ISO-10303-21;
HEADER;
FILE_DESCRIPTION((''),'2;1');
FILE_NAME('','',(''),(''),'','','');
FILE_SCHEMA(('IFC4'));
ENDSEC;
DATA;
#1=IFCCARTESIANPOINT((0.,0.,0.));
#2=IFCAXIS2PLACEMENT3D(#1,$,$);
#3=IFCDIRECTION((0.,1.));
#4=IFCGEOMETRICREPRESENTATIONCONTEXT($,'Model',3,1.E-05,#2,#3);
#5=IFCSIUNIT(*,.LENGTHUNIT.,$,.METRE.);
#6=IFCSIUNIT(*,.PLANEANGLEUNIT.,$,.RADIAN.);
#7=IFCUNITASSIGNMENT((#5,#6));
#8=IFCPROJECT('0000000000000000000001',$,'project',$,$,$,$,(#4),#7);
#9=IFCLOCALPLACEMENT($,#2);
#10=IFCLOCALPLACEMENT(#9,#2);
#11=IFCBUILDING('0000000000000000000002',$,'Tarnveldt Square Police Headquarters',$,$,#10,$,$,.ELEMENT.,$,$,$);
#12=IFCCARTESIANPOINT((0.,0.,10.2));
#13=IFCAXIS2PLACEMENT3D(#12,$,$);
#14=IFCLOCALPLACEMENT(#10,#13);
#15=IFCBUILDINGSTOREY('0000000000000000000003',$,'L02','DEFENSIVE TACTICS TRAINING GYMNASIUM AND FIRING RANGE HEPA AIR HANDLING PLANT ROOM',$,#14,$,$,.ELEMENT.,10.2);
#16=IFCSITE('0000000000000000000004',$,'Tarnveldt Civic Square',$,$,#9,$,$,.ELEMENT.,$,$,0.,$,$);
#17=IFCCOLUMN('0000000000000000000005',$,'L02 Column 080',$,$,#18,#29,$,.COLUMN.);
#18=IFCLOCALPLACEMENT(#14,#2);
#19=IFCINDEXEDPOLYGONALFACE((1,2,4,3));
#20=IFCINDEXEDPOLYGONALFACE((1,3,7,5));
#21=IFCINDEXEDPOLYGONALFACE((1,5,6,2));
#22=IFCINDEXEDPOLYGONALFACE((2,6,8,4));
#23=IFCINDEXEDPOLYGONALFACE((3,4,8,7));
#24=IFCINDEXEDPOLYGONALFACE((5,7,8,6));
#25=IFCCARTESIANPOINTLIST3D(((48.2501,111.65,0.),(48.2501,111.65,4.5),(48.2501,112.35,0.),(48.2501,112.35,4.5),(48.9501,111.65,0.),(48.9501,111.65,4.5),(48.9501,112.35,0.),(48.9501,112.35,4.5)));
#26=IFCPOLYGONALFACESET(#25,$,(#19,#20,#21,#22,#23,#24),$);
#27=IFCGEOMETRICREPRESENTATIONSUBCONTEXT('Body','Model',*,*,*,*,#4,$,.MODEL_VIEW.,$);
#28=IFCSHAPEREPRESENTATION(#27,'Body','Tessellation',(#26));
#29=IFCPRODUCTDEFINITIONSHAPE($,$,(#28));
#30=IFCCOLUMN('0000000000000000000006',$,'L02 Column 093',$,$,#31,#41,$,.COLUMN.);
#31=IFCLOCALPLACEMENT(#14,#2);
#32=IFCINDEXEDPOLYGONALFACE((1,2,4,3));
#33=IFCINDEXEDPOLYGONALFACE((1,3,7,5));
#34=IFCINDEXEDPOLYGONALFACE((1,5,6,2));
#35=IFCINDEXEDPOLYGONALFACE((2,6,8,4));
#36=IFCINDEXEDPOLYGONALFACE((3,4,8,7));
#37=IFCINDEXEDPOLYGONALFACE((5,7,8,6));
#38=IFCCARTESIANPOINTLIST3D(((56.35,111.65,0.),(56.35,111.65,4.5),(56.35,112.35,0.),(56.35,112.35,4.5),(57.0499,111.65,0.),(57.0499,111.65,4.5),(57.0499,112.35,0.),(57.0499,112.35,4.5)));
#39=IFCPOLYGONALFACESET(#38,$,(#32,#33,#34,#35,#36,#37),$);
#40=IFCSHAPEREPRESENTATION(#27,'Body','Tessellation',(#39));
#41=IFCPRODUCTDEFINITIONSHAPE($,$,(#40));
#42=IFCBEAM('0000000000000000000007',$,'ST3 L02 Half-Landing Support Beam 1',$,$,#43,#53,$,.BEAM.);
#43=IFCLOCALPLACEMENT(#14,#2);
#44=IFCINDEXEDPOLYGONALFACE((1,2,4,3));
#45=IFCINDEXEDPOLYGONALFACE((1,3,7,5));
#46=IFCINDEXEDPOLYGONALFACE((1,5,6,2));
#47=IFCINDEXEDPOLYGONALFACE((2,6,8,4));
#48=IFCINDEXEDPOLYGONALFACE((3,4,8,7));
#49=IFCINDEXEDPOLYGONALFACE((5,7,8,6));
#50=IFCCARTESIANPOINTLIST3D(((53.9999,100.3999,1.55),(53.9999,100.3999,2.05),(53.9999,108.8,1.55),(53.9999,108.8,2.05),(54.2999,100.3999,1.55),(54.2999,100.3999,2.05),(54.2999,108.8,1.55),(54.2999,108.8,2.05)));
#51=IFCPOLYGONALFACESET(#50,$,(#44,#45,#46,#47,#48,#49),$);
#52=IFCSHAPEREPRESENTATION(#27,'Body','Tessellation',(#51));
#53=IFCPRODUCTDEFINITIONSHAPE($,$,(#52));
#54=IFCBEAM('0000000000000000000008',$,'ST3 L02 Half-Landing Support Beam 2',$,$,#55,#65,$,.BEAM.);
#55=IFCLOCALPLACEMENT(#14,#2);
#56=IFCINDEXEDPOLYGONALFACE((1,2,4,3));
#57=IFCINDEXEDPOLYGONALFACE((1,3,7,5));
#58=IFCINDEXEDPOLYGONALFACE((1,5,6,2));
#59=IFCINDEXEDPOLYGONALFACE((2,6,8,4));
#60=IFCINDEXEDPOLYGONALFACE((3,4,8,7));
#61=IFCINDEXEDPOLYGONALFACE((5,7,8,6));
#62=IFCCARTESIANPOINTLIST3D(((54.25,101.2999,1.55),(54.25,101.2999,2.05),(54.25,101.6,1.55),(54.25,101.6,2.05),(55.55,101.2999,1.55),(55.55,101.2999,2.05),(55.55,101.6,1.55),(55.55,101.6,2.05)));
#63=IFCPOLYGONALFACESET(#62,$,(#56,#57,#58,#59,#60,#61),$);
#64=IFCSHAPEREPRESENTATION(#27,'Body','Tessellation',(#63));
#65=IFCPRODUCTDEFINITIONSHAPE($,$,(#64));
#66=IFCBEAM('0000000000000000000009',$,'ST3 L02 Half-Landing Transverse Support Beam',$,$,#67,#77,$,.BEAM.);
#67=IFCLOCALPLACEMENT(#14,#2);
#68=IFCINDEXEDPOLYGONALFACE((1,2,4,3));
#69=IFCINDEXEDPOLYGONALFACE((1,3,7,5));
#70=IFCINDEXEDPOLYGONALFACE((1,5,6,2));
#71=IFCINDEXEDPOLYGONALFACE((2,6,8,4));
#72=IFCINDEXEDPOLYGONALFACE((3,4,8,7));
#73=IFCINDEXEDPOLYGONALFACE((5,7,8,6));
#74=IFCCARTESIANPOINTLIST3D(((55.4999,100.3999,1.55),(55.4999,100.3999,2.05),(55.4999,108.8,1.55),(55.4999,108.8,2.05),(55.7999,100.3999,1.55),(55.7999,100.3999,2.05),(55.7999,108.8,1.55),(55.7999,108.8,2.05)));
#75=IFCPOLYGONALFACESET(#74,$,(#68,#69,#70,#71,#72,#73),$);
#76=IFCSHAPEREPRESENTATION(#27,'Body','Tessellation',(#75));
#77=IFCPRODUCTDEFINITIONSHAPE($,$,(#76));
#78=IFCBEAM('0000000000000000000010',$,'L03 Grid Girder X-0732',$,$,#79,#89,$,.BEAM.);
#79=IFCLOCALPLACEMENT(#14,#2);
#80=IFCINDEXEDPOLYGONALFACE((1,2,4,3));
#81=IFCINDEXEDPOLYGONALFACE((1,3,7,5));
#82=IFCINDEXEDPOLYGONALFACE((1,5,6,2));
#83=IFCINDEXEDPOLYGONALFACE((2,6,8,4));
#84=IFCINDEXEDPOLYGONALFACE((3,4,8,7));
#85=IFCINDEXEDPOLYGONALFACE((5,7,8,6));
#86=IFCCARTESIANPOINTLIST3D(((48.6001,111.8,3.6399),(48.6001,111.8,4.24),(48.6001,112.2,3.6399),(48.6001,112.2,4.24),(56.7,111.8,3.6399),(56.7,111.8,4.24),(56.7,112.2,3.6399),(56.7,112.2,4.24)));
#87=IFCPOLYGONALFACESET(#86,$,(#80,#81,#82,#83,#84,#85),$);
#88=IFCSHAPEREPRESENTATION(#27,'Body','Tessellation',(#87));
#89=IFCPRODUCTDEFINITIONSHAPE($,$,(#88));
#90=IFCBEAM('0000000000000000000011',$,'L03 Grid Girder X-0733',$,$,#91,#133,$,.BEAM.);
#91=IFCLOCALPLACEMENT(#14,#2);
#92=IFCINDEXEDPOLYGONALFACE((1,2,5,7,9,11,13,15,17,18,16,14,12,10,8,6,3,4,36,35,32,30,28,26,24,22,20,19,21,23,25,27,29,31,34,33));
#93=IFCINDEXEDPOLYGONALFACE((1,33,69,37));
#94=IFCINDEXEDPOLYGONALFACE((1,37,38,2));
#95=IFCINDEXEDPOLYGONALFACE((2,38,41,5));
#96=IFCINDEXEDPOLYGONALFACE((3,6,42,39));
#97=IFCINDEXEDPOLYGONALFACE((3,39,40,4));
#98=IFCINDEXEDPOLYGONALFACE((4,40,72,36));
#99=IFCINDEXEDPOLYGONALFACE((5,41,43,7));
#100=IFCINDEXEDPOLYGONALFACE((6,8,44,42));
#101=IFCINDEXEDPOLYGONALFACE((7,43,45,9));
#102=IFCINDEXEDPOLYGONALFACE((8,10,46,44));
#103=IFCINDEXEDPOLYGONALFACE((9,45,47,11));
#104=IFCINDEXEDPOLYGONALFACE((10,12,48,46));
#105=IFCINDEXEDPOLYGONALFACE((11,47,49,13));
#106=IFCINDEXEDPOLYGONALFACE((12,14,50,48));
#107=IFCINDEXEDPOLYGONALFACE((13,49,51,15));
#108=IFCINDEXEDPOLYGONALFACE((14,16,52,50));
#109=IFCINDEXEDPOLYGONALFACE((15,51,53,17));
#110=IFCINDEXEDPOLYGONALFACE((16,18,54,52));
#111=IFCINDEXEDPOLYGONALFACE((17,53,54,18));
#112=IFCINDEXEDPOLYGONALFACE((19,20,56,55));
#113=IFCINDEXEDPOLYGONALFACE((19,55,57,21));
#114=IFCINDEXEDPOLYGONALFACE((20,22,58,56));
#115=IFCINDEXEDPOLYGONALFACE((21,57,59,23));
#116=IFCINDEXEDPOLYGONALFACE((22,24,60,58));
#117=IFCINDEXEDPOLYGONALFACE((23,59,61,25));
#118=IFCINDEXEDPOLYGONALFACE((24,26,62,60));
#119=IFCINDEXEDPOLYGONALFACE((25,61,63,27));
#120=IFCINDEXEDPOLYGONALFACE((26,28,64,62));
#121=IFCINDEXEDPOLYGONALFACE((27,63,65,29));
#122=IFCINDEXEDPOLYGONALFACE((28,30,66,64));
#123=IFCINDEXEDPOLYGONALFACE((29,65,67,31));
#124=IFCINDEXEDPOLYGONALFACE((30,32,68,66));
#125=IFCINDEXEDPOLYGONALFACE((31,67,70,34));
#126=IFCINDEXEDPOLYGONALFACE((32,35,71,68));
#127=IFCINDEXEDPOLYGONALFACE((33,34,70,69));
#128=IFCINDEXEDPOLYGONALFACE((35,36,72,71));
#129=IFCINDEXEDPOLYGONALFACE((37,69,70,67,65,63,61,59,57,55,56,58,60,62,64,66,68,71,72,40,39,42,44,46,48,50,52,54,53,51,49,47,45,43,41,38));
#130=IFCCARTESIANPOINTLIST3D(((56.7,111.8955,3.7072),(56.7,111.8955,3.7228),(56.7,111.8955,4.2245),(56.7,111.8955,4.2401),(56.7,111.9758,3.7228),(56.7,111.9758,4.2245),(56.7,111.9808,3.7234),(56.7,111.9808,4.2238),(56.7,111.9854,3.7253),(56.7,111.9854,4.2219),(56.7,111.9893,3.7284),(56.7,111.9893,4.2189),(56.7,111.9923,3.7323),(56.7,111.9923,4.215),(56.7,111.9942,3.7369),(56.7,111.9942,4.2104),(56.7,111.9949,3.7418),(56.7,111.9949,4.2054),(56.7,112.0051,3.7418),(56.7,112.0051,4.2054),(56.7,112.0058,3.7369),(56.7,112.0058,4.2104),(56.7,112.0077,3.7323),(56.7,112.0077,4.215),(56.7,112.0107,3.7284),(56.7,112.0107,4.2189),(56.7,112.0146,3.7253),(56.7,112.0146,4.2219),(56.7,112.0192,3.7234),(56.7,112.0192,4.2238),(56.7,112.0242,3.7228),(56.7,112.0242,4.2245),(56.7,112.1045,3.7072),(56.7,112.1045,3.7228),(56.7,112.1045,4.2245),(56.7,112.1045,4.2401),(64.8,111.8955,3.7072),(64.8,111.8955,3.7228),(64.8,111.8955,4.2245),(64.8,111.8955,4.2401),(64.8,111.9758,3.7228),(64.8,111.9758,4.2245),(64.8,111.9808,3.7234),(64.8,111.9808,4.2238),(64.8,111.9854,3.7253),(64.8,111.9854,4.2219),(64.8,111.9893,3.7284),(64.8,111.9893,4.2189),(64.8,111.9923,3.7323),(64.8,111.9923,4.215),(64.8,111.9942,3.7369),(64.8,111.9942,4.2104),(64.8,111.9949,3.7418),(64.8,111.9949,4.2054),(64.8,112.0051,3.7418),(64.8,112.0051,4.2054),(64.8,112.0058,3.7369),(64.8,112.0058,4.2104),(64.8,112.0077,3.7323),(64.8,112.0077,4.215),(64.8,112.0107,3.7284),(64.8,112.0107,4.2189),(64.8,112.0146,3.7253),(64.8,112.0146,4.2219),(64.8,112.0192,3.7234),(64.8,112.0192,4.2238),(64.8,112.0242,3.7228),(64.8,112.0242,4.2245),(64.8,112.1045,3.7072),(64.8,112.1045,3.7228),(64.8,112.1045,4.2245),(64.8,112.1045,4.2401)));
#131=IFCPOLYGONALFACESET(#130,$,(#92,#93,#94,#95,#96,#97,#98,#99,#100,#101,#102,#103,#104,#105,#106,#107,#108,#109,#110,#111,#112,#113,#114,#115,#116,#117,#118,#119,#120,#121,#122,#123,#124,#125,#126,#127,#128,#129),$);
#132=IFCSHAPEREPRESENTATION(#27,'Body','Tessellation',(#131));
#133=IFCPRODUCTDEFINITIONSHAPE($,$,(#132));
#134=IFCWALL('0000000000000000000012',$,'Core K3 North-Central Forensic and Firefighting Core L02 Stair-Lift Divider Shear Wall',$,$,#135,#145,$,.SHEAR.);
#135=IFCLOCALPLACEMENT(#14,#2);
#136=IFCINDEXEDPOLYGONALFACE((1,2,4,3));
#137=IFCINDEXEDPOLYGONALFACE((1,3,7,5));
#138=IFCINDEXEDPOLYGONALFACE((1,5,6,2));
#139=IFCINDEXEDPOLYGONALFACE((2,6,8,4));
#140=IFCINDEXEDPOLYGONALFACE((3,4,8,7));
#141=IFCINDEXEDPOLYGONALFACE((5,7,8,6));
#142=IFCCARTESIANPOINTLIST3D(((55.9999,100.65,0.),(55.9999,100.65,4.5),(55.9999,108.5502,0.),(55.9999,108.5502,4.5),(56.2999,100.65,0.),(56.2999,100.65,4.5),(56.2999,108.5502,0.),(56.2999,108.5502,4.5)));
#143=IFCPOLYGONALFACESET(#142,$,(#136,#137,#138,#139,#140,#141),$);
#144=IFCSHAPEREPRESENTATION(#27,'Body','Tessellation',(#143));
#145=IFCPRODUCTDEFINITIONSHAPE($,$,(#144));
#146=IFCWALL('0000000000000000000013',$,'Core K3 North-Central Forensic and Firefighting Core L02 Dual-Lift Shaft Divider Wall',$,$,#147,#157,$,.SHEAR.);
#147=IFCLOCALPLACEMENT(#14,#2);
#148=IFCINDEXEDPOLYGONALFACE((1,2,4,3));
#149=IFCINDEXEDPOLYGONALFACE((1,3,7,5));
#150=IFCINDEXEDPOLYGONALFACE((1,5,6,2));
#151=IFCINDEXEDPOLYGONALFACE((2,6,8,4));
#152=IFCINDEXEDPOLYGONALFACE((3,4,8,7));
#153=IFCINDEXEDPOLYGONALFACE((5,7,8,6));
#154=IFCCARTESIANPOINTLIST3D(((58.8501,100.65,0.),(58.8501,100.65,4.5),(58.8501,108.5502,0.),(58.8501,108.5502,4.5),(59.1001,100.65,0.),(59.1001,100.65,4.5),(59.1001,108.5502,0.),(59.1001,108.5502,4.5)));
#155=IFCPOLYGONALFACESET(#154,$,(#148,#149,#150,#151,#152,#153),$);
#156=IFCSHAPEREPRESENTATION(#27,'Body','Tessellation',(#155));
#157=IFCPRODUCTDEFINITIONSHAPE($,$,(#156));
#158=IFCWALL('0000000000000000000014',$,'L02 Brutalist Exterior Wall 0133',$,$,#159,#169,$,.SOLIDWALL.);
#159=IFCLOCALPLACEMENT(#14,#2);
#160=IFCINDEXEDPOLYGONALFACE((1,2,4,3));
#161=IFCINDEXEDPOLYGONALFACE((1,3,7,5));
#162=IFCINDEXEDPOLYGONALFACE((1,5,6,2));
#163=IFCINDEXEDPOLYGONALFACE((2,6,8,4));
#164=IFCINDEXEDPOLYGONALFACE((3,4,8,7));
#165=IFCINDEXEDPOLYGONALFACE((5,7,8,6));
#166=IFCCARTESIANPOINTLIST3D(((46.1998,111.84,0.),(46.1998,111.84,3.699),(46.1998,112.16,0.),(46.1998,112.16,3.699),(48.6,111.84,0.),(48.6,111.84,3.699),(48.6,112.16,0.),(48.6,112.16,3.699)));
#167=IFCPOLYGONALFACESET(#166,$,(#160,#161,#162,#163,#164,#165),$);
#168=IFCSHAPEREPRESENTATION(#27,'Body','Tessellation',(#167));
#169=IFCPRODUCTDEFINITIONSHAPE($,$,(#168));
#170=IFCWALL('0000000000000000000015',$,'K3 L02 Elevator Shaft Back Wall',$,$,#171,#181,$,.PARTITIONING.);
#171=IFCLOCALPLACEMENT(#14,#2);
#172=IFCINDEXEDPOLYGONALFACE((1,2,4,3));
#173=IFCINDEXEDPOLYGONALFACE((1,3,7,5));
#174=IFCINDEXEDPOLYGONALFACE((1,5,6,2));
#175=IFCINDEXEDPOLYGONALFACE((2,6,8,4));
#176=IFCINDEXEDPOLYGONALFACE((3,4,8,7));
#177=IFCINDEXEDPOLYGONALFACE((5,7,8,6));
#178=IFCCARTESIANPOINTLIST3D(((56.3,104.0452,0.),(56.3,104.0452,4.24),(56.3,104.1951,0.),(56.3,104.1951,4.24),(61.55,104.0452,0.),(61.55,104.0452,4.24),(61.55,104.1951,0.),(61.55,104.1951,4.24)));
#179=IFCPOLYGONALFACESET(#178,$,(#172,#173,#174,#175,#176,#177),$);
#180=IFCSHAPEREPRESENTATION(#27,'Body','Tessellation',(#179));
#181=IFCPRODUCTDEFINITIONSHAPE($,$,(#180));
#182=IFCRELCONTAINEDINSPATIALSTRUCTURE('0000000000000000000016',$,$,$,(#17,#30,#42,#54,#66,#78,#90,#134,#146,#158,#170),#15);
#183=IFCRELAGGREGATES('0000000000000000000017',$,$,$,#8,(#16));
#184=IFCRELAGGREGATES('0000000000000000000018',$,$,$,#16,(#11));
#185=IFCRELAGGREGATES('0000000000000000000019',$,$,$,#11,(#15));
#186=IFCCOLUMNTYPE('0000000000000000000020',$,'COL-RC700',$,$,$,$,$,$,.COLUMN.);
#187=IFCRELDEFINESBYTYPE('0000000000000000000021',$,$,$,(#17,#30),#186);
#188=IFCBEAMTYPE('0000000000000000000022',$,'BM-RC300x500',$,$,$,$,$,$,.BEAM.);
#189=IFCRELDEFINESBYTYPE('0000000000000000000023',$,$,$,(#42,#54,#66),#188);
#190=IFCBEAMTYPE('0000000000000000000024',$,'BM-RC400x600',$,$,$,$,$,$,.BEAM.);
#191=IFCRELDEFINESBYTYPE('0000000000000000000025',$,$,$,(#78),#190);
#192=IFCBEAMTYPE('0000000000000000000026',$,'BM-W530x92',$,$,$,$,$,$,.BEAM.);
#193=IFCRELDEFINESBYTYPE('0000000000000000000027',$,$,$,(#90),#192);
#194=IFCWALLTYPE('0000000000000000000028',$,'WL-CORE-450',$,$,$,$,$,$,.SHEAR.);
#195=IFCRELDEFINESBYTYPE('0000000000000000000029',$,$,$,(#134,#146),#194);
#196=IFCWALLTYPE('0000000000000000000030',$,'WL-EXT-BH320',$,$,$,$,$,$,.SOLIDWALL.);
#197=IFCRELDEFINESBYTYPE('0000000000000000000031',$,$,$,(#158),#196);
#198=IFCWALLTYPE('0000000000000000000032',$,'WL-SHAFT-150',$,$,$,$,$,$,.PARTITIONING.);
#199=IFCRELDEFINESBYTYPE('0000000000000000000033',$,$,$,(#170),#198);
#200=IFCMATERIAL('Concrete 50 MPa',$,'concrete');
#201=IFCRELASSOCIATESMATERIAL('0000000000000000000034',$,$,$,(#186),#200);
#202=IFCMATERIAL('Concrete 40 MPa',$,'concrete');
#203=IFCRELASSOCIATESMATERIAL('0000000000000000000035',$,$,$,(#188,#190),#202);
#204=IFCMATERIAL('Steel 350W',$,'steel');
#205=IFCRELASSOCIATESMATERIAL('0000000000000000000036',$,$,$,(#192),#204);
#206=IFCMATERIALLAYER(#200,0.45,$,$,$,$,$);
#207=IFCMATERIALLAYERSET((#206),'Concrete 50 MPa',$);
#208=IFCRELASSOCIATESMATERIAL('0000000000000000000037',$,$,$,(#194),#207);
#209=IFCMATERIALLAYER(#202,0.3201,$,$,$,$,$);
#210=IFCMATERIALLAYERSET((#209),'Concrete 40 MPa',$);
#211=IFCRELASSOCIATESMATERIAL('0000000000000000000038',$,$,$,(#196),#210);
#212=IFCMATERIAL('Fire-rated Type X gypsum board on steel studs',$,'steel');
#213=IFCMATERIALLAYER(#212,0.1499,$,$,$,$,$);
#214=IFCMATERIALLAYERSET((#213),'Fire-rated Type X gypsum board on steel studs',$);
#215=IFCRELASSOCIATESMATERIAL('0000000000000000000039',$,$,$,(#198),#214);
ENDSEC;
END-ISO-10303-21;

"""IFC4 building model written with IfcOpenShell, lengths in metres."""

from ifc_helpers import new_model, si_unit, direction, frame, frame_2d, origin, origin_2d, place, context, subcontext, project, spatial, rectangle, i_section, extrude, material, layer, layer_set, material_profile, profile_set, type_object, element, save


model = new_model("IFC4")

# Units and contexts
model_context = context("Model", 3, precision=1e-05, world=origin(), true_north=direction((0.0, 1.0)))
body_context = subcontext(model_context, "Body", "Model", "MODEL_VIEW")
ifc_project = project(units=[si_unit("LENGTHUNIT", "METRE"), si_unit("PLANEANGLEUNIT", "RADIAN")], contexts=[model_context])

# Site, building, storey
site_placement = place(None, origin())
site = spatial("IfcSite", under=ifc_project, at=site_placement, Name="Tarnveldt Civic Square", CompositionType="ELEMENT", RefElevation=0.0)
building_placement = place(site_placement, origin())
building = spatial("IfcBuilding", under=site, at=building_placement, Name="Tarnveldt Square Police Headquarters", CompositionType="ELEMENT")
storey_placement = place(building_placement, frame((0.0, 0.0, 10.2)))
storey = spatial("IfcBuildingStorey", under=building, at=storey_placement, Name="L02", Description="DEFENSIVE TACTICS TRAINING GYMNASIUM AND FIRING RANGE HEPA AIR HANDLING PLANT ROOM", CompositionType="ELEMENT", Elevation=10.2)

# Columns
ifc_material_1 = material(Name="Concrete 50 MPa", Category="concrete")
ifc_material_profile_1 = material_profile(ifc_material_1, rectangle(XDim=0.7, YDim=0.7, at=origin_2d()), Name="RC-C700x700")
ifc_profile_set_1 = profile_set([ifc_material_profile_1], Name="Concrete 50 MPa")
column_type = type_object("IfcColumnType", Name="COL-RC700", PredefinedType="COLUMN", material=ifc_profile_set_1)
for number, where, z_axis, x_axis, name in (
    (1, (48.6001, 112.0, 0.0), (0.0, 0.0, 1.0), (1.0, 0.0, 0.0), "L02 Column 080"),
    (2, (56.7, 112.0, 0.0), (0.0, 0.0, 1.0), (1.0, 0.0, 0.0), "L02 Column 093"),
):
    element("IfcColumn", number, at=place(storey_placement, frame(where, z_axis=z_axis, x_axis=x_axis)), inside=storey, type_object=column_type, Name=name, PredefinedType="COLUMN", context=body_context, shape_type="SweptSolid", body=[
        extrude(rectangle(XDim=0.7, YDim=0.7, at=origin_2d()), origin(), (0.0, 0.0, 1.0), 4.5),
    ])

# Beams
ifc_material_2 = material(Name="Concrete 40 MPa", Category="concrete")
ifc_material_profile_2 = material_profile(ifc_material_2, rectangle(XDim=0.3, YDim=0.5, at=origin_2d()), Name="RC-B300x500")
ifc_profile_set_2 = profile_set([ifc_material_profile_2], Name="Concrete 40 MPa")
beam_type_1 = type_object("IfcBeamType", Name="BM-RC300x500", PredefinedType="BEAM", material=ifc_profile_set_2)
beam_1_placement = place(storey_placement, frame((54.1499, 100.3999, 1.8), z_axis=(0.0, 1.0, 0.0), x_axis=(-1.0, 0.0, 0.0)))
element("IfcBeam", 3, at=beam_1_placement, inside=storey, type_object=beam_type_1, Name="ST3 L02 Half-Landing Support Beam 1", PredefinedType="BEAM", context=body_context, shape_type="SweptSolid", body=[
    extrude(rectangle(XDim=0.3, YDim=0.5, at=origin_2d()), origin(), (0.0, 0.0, 1.0), 8.4001),
])
beam_2_placement = place(storey_placement, frame((54.25, 101.45, 1.8), z_axis=(1.0, 0.0, 0.0), x_axis=(0.0, 1.0, 0.0)))
element("IfcBeam", 4, at=beam_2_placement, inside=storey, type_object=beam_type_1, Name="ST3 L02 Half-Landing Support Beam 2", PredefinedType="BEAM", context=body_context, shape_type="SweptSolid", body=[
    extrude(rectangle(XDim=0.3, YDim=0.5, at=origin_2d()), origin(), (0.0, 0.0, 1.0), 1.3),
])
beam_3_placement = place(storey_placement, frame((55.6499, 100.3999, 1.8), z_axis=(0.0, 1.0, 0.0), x_axis=(-1.0, 0.0, 0.0)))
element("IfcBeam", 5, at=beam_3_placement, inside=storey, type_object=beam_type_1, Name="ST3 L02 Half-Landing Transverse Support Beam", PredefinedType="BEAM", context=body_context, shape_type="SweptSolid", body=[
    extrude(rectangle(XDim=0.3, YDim=0.5, at=origin_2d()), origin(), (0.0, 0.0, 1.0), 8.4001),
])
ifc_material_profile_3 = material_profile(ifc_material_2, rectangle(XDim=0.3999, YDim=0.6001, at=origin_2d()), Name="RC-B400x600")
ifc_profile_set_3 = profile_set([ifc_material_profile_3], Name="Concrete 40 MPa")
beam_type_2 = type_object("IfcBeamType", Name="BM-RC400x600", PredefinedType="BEAM", material=ifc_profile_set_3)
beam_4_placement = place(storey_placement, frame((48.6001, 112.0, 3.9399), z_axis=(1.0, 0.0, 0.0), x_axis=(0.0, 1.0, 0.0)))
element("IfcBeam", 6, at=beam_4_placement, inside=storey, type_object=beam_type_2, Name="L03 Grid Girder X-0732", PredefinedType="BEAM", context=body_context, shape_type="SweptSolid", body=[
    extrude(rectangle(XDim=0.3999, YDim=0.6001, at=origin_2d()), origin(), (0.0, 0.0, 1.0), 8.0999),
])
ifc_material_3 = material(Name="Steel 350W", Category="steel")
ifc_material_profile_4 = material_profile(ifc_material_3, i_section(OverallWidth=0.209, OverallDepth=0.533, WebThickness=0.0103, FlangeThickness=0.0156, FilletRadius=0.019, at=origin_2d()), Name="W530x92")
ifc_profile_set_4 = profile_set([ifc_material_profile_4], Name="Steel 350W")
beam_type_3 = type_object("IfcBeamType", Name="BM-W530x92", PredefinedType="BEAM", material=ifc_profile_set_4)
beam_5_placement = place(storey_placement, frame((56.7, 112.0, 3.9736), z_axis=(1.0, 0.0, 0.0), x_axis=(0.0, 1.0, 0.0)))
element("IfcBeam", 7, at=beam_5_placement, inside=storey, type_object=beam_type_3, Name="L03 Grid Girder X-0733", PredefinedType="BEAM", context=body_context, shape_type="SweptSolid", body=[
    extrude(i_section(OverallWidth=0.209, OverallDepth=0.533, WebThickness=0.0103, FlangeThickness=0.0156, FilletRadius=0.019, at=origin_2d()), origin(), (0.0, 0.0, 1.0), 8.1001),
])

# Walls
ifc_layer_1 = layer(ifc_material_1, 0.45)
ifc_layer_set_1 = layer_set([ifc_layer_1], Name="Concrete 50 MPa")
wall_type_1 = type_object("IfcWallType", Name="WL-CORE-450", PredefinedType="SHEAR", material=ifc_layer_set_1)
wall_1_placement = place(storey_placement, frame((56.1499, 100.6499, 0.0), z_axis=(0.0, 0.0, 1.0), x_axis=(0.0, 1.0, 0.0)))
element("IfcWall", 8, at=wall_1_placement, inside=storey, type_object=wall_type_1, Name="Core K3 North-Central Forensic and Firefighting Core L02 Stair-Lift Divider Shear Wall", PredefinedType="SHEAR", context=body_context, shape_type="SweptSolid", body=[
    extrude(rectangle(XDim=7.9001, YDim=0.3, at=frame_2d((3.9502, 0.0))), origin(), (0.0, 0.0, 1.0), 4.5),
])
wall_2_placement = place(storey_placement, frame((58.9751, 100.6499, 0.0), z_axis=(0.0, 0.0, 1.0), x_axis=(0.0, 1.0, 0.0)))
element("IfcWall", 9, at=wall_2_placement, inside=storey, type_object=wall_type_1, Name="Core K3 North-Central Forensic and Firefighting Core L02 Dual-Lift Shaft Divider Wall", PredefinedType="SHEAR", context=body_context, shape_type="SweptSolid", body=[
    extrude(rectangle(XDim=7.9001, YDim=0.25, at=frame_2d((3.9502, 0.0))), origin(), (0.0, 0.0, 1.0), 4.5),
])
ifc_layer_2 = layer(ifc_material_2, 0.3201)
ifc_layer_set_2 = layer_set([ifc_layer_2], Name="Concrete 40 MPa")
wall_type_2 = type_object("IfcWallType", Name="WL-EXT-BH320", PredefinedType="SOLIDWALL", material=ifc_layer_set_2)
wall_3_placement = place(storey_placement, frame((48.6001, 112.0, 0.0), z_axis=(0.0, 0.0, 1.0), x_axis=(-1.0, 0.0, 0.0)))
element("IfcWall", 10, at=wall_3_placement, inside=storey, type_object=wall_type_2, Name="L02 Brutalist Exterior Wall 0133", PredefinedType="SOLIDWALL", context=body_context, shape_type="SweptSolid", body=[
    extrude(rectangle(XDim=2.4001, YDim=0.3201, at=frame_2d((1.2002, 0.0))), origin(), (0.0, 0.0, 1.0), 3.699),
])
ifc_material_4 = material(Name="Fire-rated Type X gypsum board on steel studs", Category="steel")
ifc_layer_3 = layer(ifc_material_4, 0.1499)
ifc_layer_set_3 = layer_set([ifc_layer_3], Name="Fire-rated Type X gypsum board on steel studs")
wall_type_3 = type_object("IfcWallType", Name="WL-SHAFT-150", PredefinedType="PARTITIONING", material=ifc_layer_set_3)
wall_4_placement = place(storey_placement, frame((56.3, 104.1201, 0.0), z_axis=(0.0, 0.0, 1.0), x_axis=(1.0, 0.0, 0.0)))
element("IfcWall", 11, at=wall_4_placement, inside=storey, type_object=wall_type_3, Name="K3 L02 Elevator Shaft Back Wall", PredefinedType="PARTITIONING", context=body_context, shape_type="SweptSolid", body=[
    extrude(rectangle(XDim=5.25, YDim=0.1499, at=frame_2d((2.625, 0.0))), origin(), (0.0, 0.0, 1.0), 4.24),
])

save(model, "model.ifc")
